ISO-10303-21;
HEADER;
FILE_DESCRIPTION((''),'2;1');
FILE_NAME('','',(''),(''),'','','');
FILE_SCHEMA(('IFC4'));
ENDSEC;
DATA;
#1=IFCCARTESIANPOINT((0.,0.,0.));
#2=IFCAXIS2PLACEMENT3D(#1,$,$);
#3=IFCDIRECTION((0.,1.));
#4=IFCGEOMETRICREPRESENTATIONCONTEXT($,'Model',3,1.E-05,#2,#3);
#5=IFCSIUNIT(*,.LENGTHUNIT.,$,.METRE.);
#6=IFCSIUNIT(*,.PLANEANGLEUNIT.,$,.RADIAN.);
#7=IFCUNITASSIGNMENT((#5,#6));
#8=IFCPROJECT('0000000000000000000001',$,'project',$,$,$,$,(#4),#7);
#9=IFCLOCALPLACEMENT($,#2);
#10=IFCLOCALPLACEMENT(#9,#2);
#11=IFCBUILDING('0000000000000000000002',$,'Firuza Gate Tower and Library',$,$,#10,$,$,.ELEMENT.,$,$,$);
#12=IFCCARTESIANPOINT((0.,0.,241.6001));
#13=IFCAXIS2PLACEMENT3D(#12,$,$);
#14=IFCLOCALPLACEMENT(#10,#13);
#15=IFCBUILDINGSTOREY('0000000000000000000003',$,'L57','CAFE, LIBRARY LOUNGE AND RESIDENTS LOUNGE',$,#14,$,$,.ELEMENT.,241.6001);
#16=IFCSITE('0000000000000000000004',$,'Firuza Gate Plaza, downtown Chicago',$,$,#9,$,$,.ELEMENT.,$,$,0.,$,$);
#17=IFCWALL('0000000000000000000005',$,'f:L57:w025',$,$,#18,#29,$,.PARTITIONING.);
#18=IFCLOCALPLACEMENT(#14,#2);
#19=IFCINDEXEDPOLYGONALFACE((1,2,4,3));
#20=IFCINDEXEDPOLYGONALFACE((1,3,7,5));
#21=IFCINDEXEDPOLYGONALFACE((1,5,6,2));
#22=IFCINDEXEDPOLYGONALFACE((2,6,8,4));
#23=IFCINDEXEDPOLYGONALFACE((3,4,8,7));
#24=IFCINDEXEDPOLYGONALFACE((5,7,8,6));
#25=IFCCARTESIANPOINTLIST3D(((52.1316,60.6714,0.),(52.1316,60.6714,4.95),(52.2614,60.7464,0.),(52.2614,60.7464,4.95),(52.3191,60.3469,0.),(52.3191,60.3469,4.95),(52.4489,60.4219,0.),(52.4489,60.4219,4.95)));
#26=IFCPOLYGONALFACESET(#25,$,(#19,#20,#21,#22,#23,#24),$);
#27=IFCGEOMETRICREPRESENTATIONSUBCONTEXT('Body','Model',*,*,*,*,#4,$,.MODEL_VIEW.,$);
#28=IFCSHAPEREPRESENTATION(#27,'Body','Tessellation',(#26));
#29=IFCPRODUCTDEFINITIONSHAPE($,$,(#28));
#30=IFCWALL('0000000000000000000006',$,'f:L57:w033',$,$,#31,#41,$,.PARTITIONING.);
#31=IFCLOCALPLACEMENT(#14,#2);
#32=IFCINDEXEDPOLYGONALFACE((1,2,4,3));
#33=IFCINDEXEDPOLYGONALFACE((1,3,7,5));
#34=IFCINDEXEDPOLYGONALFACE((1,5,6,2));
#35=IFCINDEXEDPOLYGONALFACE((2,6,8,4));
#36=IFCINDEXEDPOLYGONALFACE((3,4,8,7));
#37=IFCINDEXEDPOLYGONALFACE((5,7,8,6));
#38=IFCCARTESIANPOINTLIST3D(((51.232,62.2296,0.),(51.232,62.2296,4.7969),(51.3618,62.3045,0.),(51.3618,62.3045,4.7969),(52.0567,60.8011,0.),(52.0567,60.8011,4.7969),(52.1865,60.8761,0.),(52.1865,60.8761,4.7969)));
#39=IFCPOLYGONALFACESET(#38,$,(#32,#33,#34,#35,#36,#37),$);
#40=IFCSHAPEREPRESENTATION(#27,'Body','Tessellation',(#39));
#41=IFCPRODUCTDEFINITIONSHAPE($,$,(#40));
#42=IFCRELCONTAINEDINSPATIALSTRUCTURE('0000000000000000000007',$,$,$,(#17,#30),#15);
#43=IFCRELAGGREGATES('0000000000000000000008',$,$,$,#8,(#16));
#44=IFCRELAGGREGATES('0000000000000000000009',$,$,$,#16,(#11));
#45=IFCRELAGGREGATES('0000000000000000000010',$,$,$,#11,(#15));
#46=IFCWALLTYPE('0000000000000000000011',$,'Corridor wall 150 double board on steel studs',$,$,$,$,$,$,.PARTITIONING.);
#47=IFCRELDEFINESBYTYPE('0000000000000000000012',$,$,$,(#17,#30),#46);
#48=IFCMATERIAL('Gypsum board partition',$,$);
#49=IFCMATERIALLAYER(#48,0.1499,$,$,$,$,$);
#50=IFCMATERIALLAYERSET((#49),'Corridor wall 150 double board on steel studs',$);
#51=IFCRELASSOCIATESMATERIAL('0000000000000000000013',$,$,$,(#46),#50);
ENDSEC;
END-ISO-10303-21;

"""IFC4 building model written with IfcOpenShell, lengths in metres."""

from ifc_helpers import new_model, si_unit, direction, frame, frame_2d, origin, place, context, subcontext, project, spatial, rectangle, extrude, material, layer, layer_set, type_object, element, save


model = new_model("IFC4")

# Units and contexts
model_context = context("Model", 3, precision=1e-05, world=origin(), true_north=direction((0.0, 1.0)))
body_context = subcontext(model_context, "Body", "Model", "MODEL_VIEW")
ifc_project = project(units=[si_unit("LENGTHUNIT", "METRE"), si_unit("PLANEANGLEUNIT", "RADIAN")], contexts=[model_context])

# Site, building, storey
site_placement = place(None, origin())
site = spatial("IfcSite", under=ifc_project, at=site_placement, Name="Firuza Gate Plaza, downtown Chicago", CompositionType="ELEMENT", RefElevation=0.0)
building_placement = place(site_placement, origin())
building = spatial("IfcBuilding", under=site, at=building_placement, Name="Firuza Gate Tower and Library", CompositionType="ELEMENT")
storey_placement = place(building_placement, frame((0.0, 0.0, 241.6001)))
storey = spatial("IfcBuildingStorey", under=building, at=storey_placement, Name="L57", Description="CAFE, LIBRARY LOUNGE AND RESIDENTS LOUNGE", CompositionType="ELEMENT", Elevation=241.6001)

# Walls
ifc_material_1 = material(Name="Gypsum board partition")
ifc_layer_1 = layer(ifc_material_1, 0.1499)
ifc_layer_set_1 = layer_set([ifc_layer_1], Name="Corridor wall 150 double board on steel studs")
wall_type = type_object("IfcWallType", Name="Corridor wall 150 double board on steel studs", PredefinedType="PARTITIONING", material=ifc_layer_set_1)
wall_1_placement = place(storey_placement, frame((52.384, 60.3843, 0.0), z_axis=(0.0, 0.0, 1.0), x_axis=(-0.500343, 0.865827, 0.0)))
element("IfcWall", 1, at=wall_1_placement, inside=storey, type_object=wall_type, Name="f:L57:w025", PredefinedType="PARTITIONING", context=body_context, shape_type="SweptSolid", body=[
    extrude(rectangle(XDim=0.3748, YDim=0.1499, at=frame_2d((0.1875, 0.0))), origin(), (0.0, 0.0, 1.0), 4.95),
])
wall_2_placement = place(storey_placement, frame((52.1216, 60.8386, 0.0), z_axis=(0.0, 0.0, 1.0), x_axis=(-0.499992, 0.86603, 0.0)))
element("IfcWall", 2, at=wall_2_placement, inside=storey, type_object=wall_type, Name="f:L57:w033", PredefinedType="PARTITIONING", context=body_context, shape_type="SweptSolid", body=[
    extrude(rectangle(XDim=1.6494, YDim=0.1499, at=frame_2d((0.8247, 0.0))), origin(), (0.0, 0.0, 1.0), 4.7969),
])

save(model, "model.ifc")
